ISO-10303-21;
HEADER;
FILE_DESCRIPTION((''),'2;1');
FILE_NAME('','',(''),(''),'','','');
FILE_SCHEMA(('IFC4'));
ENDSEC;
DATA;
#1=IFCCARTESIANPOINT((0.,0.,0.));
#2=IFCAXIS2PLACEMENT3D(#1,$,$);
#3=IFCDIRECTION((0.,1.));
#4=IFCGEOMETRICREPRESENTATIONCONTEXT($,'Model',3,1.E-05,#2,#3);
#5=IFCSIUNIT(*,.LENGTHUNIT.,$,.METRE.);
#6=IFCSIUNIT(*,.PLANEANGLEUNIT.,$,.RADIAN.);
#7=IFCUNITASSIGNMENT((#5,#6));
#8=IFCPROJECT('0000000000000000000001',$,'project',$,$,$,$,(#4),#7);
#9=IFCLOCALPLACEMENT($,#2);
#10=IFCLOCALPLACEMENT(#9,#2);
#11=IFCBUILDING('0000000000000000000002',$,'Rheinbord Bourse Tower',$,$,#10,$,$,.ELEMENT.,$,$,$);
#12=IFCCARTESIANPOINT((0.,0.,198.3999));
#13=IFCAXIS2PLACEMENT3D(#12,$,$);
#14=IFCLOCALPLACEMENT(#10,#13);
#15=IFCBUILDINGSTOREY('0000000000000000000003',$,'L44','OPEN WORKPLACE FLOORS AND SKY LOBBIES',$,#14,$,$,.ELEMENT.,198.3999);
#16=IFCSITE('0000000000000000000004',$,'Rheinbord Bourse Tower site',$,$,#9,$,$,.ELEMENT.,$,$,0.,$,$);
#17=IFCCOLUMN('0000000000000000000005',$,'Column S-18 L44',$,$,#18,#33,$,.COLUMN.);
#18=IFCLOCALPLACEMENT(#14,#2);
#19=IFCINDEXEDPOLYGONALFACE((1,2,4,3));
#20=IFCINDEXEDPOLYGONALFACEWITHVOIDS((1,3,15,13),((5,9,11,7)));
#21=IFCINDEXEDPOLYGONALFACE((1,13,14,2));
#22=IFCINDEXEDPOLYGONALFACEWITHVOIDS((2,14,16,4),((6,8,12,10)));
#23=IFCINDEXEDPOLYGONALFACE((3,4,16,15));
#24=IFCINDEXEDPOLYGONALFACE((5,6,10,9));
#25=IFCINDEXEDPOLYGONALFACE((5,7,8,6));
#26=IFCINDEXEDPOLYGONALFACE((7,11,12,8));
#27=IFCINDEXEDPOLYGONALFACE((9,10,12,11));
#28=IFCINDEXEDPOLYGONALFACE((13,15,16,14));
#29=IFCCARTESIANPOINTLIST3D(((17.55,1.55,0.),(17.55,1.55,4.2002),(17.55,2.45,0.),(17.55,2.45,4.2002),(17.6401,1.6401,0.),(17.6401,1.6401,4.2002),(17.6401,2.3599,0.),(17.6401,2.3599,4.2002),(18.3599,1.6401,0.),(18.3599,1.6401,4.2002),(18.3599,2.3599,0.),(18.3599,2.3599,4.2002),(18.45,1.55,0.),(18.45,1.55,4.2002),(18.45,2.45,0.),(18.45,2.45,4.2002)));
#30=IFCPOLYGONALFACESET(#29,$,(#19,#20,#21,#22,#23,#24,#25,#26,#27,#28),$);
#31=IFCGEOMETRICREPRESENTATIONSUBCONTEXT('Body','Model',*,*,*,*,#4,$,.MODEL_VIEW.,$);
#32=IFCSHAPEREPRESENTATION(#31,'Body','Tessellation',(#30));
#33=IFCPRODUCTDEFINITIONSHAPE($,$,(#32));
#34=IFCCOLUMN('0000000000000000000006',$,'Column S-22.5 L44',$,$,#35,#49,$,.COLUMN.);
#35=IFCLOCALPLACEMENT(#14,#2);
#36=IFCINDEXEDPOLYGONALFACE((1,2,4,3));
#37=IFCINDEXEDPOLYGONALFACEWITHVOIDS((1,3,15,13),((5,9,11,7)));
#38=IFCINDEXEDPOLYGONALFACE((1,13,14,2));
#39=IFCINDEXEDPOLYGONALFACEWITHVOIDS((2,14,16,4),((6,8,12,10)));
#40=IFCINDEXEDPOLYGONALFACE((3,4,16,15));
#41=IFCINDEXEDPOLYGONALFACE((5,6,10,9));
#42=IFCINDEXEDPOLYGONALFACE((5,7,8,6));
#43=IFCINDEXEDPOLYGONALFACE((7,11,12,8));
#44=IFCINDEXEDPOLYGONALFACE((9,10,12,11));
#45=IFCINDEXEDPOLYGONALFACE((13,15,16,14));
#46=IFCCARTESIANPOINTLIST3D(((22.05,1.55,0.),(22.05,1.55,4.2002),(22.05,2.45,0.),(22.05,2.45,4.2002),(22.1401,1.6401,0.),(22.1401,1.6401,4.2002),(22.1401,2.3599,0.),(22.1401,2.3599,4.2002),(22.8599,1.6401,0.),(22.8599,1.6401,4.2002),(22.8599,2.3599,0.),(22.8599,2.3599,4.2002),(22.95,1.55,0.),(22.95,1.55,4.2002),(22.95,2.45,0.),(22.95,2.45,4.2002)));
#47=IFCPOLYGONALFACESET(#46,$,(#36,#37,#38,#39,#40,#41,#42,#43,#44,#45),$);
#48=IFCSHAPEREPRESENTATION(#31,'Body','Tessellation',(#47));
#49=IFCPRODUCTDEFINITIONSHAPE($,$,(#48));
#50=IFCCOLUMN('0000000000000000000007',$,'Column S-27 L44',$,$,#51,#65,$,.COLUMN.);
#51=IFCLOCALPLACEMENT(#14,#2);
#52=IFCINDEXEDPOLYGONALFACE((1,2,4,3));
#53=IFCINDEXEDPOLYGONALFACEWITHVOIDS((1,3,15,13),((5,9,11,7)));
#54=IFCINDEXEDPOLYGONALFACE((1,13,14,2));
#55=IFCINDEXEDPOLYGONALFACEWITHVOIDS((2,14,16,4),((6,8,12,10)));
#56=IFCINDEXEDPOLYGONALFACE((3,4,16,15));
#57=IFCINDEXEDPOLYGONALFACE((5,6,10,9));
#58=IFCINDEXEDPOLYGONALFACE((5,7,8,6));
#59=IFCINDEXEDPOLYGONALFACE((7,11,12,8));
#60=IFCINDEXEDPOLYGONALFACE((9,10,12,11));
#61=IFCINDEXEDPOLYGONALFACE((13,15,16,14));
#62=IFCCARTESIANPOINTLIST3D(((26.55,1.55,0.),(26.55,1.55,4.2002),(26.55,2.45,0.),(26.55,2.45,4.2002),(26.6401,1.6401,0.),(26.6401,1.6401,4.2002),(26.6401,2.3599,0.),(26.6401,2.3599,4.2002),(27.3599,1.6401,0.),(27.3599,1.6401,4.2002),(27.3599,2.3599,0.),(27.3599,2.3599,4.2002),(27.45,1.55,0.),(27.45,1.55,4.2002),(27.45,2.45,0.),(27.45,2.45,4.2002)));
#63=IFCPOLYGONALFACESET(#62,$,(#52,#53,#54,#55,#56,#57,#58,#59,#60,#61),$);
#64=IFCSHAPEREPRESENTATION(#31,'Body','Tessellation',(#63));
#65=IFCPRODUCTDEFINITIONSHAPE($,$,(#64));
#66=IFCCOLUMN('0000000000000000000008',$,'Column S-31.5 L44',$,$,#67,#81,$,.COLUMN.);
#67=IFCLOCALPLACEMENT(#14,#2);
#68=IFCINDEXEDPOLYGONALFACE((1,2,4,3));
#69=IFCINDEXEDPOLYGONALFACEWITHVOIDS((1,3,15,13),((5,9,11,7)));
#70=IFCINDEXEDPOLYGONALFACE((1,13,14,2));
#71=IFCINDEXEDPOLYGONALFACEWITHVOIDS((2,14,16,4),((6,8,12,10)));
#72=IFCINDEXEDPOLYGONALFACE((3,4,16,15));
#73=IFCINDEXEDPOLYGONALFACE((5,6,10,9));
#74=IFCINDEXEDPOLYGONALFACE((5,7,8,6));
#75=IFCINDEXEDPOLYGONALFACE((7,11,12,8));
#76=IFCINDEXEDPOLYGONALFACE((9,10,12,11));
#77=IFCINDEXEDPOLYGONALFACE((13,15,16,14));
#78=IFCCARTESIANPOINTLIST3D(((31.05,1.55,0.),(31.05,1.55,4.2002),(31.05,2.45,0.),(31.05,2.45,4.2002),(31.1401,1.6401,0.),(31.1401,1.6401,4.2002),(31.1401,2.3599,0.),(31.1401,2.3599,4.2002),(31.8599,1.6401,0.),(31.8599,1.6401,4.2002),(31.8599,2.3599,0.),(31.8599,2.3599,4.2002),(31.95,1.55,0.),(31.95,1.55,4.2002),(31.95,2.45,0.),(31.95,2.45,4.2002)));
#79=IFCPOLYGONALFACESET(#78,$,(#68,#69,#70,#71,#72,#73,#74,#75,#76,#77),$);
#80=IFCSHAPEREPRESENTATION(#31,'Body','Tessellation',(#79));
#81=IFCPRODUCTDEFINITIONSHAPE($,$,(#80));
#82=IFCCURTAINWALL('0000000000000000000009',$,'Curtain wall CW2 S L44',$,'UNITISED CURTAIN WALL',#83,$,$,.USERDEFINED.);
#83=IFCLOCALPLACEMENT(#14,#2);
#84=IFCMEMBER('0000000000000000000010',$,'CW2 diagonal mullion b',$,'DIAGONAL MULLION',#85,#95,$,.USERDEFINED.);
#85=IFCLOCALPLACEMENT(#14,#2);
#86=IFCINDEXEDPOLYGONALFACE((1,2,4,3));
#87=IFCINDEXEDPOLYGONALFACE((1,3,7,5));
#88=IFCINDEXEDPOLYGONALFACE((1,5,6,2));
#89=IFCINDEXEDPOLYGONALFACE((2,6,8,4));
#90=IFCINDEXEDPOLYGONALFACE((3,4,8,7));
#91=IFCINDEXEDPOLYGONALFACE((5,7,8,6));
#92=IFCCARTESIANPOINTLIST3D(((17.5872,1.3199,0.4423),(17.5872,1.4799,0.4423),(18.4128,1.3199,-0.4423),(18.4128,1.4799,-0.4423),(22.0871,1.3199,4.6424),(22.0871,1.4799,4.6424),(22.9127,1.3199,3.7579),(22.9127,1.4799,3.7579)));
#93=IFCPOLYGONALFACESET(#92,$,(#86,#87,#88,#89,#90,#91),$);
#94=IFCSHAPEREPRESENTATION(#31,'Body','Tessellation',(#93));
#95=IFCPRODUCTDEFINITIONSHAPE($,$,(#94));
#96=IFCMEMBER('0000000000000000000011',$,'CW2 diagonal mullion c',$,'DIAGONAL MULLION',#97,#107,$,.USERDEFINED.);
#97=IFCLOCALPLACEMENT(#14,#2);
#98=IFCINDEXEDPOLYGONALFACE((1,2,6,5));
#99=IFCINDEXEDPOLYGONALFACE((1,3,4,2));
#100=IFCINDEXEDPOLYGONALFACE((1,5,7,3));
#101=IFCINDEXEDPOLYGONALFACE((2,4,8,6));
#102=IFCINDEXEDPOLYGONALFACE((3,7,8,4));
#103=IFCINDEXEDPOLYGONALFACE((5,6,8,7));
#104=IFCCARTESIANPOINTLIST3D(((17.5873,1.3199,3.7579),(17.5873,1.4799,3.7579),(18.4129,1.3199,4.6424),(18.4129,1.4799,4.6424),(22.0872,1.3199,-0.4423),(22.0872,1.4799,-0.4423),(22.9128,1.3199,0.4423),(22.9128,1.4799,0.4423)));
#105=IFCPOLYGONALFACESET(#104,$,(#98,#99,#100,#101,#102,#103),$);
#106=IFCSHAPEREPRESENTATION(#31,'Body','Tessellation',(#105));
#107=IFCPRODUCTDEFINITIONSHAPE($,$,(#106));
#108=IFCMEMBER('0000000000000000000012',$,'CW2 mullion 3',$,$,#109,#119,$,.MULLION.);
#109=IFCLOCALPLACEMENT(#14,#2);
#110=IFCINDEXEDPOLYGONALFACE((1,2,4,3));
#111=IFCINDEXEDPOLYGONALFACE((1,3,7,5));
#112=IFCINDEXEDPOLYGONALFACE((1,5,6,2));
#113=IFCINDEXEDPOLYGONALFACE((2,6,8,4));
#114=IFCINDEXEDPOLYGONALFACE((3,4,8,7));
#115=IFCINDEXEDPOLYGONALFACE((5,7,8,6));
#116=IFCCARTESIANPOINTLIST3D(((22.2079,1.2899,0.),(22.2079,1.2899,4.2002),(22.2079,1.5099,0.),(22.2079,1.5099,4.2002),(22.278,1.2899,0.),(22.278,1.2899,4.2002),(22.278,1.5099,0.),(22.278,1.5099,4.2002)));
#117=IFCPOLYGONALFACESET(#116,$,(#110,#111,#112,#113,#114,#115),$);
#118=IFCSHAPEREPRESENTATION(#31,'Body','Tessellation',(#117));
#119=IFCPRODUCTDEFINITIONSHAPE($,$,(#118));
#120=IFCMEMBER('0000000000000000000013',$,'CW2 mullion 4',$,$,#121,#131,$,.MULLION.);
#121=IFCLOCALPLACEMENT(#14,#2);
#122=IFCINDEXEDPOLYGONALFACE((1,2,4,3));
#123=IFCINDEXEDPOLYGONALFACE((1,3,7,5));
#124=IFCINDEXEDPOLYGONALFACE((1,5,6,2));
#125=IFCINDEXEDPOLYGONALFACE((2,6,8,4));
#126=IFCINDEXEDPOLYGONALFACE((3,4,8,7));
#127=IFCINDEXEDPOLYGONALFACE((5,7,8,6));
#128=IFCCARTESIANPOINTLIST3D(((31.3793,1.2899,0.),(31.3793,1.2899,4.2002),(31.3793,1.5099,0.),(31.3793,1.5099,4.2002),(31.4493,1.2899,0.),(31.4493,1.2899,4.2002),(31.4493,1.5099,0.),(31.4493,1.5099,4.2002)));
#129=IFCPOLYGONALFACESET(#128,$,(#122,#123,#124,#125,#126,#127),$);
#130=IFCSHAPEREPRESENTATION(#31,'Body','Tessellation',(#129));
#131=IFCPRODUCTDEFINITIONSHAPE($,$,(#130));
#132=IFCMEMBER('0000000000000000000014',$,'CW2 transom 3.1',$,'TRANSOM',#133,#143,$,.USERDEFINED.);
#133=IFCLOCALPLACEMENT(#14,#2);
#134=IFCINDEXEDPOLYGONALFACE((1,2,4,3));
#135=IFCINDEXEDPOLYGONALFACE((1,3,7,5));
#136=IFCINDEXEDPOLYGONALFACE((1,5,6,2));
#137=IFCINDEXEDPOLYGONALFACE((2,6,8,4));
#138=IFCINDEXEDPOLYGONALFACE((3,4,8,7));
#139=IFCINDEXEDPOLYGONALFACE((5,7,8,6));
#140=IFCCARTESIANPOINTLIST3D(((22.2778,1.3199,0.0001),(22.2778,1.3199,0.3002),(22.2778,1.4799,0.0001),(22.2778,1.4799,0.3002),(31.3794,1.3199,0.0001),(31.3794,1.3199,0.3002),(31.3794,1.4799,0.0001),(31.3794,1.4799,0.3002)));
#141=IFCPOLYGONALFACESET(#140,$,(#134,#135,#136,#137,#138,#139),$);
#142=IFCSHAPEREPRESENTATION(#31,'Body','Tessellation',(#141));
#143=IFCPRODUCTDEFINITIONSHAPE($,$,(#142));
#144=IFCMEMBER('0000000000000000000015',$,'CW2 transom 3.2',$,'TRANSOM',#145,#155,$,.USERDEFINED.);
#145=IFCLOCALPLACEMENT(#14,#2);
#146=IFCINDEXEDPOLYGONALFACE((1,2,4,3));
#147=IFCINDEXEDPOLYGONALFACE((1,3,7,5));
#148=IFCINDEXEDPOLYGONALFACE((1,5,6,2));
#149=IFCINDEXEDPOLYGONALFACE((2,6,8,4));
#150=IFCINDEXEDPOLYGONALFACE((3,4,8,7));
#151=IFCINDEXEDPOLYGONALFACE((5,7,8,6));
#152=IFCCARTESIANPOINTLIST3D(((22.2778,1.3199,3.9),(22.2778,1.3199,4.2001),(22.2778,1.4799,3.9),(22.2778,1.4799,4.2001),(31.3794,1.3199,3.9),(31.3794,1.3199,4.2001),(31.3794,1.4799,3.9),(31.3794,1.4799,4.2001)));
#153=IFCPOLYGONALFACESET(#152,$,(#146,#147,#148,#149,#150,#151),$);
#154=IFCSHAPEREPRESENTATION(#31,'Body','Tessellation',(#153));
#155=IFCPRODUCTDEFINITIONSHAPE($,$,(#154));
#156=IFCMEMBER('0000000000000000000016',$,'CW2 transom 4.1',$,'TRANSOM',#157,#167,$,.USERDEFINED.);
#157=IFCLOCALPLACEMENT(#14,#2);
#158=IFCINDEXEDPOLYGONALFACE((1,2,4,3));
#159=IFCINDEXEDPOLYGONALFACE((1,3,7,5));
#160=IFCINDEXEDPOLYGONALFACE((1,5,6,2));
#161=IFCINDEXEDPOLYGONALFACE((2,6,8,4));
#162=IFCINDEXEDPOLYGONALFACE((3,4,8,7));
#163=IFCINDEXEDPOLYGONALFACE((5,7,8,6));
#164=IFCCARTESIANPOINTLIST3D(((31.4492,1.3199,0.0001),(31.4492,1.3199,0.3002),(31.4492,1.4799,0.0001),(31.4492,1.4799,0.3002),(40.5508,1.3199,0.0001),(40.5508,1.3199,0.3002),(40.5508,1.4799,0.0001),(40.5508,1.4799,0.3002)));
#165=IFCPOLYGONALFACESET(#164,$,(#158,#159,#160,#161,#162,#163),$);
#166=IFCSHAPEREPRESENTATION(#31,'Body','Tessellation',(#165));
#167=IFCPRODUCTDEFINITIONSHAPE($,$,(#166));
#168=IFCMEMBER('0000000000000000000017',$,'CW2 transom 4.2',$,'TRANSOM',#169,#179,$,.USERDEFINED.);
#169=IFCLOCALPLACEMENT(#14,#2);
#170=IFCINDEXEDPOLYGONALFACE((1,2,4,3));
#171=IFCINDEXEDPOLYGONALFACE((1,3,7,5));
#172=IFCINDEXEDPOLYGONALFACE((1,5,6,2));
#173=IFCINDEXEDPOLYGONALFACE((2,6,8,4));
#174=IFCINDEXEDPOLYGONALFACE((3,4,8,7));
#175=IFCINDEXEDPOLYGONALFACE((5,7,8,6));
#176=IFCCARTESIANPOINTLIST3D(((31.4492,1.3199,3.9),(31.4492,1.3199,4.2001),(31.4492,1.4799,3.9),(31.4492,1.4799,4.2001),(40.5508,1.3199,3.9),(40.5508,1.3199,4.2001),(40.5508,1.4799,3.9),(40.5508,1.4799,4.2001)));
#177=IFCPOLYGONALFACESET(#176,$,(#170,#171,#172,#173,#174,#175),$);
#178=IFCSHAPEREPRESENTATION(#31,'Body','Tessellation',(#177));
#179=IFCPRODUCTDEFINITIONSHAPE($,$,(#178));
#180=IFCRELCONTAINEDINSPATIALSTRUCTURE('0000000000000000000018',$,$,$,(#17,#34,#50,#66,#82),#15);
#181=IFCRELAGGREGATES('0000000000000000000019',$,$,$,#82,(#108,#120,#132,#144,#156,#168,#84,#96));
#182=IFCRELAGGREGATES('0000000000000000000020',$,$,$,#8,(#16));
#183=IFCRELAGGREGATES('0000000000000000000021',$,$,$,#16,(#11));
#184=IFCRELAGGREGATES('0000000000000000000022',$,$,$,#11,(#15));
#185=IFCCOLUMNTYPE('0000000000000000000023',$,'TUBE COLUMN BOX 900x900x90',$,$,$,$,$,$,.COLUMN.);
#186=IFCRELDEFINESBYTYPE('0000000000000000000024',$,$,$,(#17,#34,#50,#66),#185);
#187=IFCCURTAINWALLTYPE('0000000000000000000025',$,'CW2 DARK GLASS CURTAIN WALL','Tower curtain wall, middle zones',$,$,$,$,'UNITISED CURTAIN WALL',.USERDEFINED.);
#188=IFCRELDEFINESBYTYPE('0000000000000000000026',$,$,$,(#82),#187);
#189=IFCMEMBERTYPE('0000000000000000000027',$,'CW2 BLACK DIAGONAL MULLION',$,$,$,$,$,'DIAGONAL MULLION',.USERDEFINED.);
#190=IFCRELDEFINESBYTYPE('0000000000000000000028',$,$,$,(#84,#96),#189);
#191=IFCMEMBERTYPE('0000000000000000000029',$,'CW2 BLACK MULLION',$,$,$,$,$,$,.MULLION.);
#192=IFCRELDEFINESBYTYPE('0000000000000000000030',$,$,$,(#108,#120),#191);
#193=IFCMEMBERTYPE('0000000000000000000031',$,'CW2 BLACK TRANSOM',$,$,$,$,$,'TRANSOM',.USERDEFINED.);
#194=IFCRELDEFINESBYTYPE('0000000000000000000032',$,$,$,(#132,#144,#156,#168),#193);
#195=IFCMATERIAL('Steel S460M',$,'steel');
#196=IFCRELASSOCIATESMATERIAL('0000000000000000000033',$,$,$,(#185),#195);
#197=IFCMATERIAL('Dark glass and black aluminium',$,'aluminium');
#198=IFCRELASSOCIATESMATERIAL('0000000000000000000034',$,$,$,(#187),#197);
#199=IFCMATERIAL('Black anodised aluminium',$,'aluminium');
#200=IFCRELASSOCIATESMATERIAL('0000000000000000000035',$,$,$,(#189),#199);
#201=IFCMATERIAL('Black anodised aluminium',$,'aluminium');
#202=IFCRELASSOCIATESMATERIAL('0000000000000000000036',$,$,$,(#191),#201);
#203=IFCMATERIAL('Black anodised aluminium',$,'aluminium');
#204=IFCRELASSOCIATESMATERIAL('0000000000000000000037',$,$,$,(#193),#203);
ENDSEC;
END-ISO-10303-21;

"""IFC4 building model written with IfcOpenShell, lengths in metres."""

from ifc_helpers import new_model, si_unit, direction, frame, origin, origin_2d, place, context, subcontext, project, spatial, rectangle, hollow_rectangle, extrude, material, material_profile, profile_set, type_object, element, aggregate, save


model = new_model("IFC4")

# Units and contexts
model_context = context("Model", 3, precision=1e-05, world=origin(), true_north=direction((0.0, 1.0)))
body_context = subcontext(model_context, "Body", "Model", "MODEL_VIEW")
ifc_project = project(units=[si_unit("LENGTHUNIT", "METRE"), si_unit("PLANEANGLEUNIT", "RADIAN")], contexts=[model_context])

# Site, building, storey
site_placement = place(None, origin())
site = spatial("IfcSite", under=ifc_project, at=site_placement, Name="Rheinbord Bourse Tower site", CompositionType="ELEMENT", RefElevation=0.0)
building_placement = place(site_placement, origin())
building = spatial("IfcBuilding", under=site, at=building_placement, Name="Rheinbord Bourse Tower", CompositionType="ELEMENT")
storey_placement = place(building_placement, frame((0.0, 0.0, 198.3999)))
storey = spatial("IfcBuildingStorey", under=building, at=storey_placement, Name="L44", Description="OPEN WORKPLACE FLOORS AND SKY LOBBIES", CompositionType="ELEMENT", Elevation=198.3999)

# Columns
ifc_material_1 = material(Name="Steel S460M", Category="steel")
ifc_material_profile_1 = material_profile(ifc_material_1, hollow_rectangle(XDim=0.8999, YDim=0.8999, WallThickness=0.0901, at=origin_2d()), Name="BOX 900x900x90")
ifc_profile_set_1 = profile_set([ifc_material_profile_1], Name="Steel S460M")
column_type = type_object("IfcColumnType", Name="TUBE COLUMN BOX 900x900x90", PredefinedType="COLUMN", material=ifc_profile_set_1)
for number, where, z_axis, x_axis, name in (
    (1, (18.0, 2.0, 0.0), (0.0, 0.0, 1.0), (0.0, 1.0, 0.0), "Column S-18 L44"),
    (2, (22.5, 2.0, 0.0), (0.0, 0.0, 1.0), (0.0, 1.0, 0.0), "Column S-22.5 L44"),
    (3, (27.0, 2.0, 0.0), (0.0, 0.0, 1.0), (0.0, 1.0, 0.0), "Column S-27 L44"),
    (4, (31.5, 2.0, 0.0), (0.0, 0.0, 1.0), (0.0, 1.0, 0.0), "Column S-31.5 L44"),
):
    element("IfcColumn", number, at=place(storey_placement, frame(where, z_axis=z_axis, x_axis=x_axis)), inside=storey, type_object=column_type, Name=name, PredefinedType="COLUMN", context=body_context, shape_type="SweptSolid", body=[
        extrude(hollow_rectangle(XDim=0.8999, YDim=0.8999, WallThickness=0.0901, at=origin_2d()), origin(), (0.0, 0.0, 1.0), 4.2002),
    ])

# Curtain wall, members
ifc_material_2 = material(Name="Dark glass and black aluminium", Category="aluminium")
curtain_wall_type = type_object("IfcCurtainWallType", Name="CW2 DARK GLASS CURTAIN WALL", Description="Tower curtain wall, middle zones", ElementType="UNITISED CURTAIN WALL", PredefinedType="USERDEFINED", material=ifc_material_2)
curtain_wall_placement = place(storey_placement, origin())
curtain_wall = element("IfcCurtainWall", 5, at=curtain_wall_placement, inside=storey, type_object=curtain_wall_type, Name="Curtain wall CW2 S L44", ObjectType="UNITISED CURTAIN WALL", PredefinedType="USERDEFINED")
ifc_material_3 = material(Name="Black anodised aluminium", Category="aluminium")
ifc_material_profile_2 = material_profile(ifc_material_3, rectangle(XDim=0.1599, YDim=1.21, at=origin_2d()), Name="CW2 DIAGONAL MULLION 1210x160")
ifc_profile_set_2 = profile_set([ifc_material_profile_2], Name="Black anodised aluminium")
member_type_1 = type_object("IfcMemberType", Name="CW2 BLACK DIAGONAL MULLION", ElementType="DIAGONAL MULLION", PredefinedType="USERDEFINED", material=ifc_profile_set_2)
member_1_placement = place(storey_placement, frame((18.0, 1.3999, 0.0), z_axis=(0.731039, 0.0, 0.682335), x_axis=(0.0, 1.0, 0.0)))
member_1 = element("IfcMember", 6, at=member_1_placement, type_object=member_type_1, Name="CW2 diagonal mullion b", ObjectType="DIAGONAL MULLION", PredefinedType="USERDEFINED", context=body_context, shape_type="SweptSolid", body=[
    extrude(rectangle(XDim=0.1599, YDim=1.21, at=origin_2d()), origin(), (0.0, 0.0, 1.0), 6.1555),
])
member_2_placement = place(storey_placement, frame((22.5, 1.3999, 0.0), z_axis=(-0.731039, 0.0, 0.682335), x_axis=(0.0, -1.0, 0.0)))
member_2 = element("IfcMember", 7, at=member_2_placement, type_object=member_type_1, Name="CW2 diagonal mullion c", ObjectType="DIAGONAL MULLION", PredefinedType="USERDEFINED", context=body_context, shape_type="SweptSolid", body=[
    extrude(rectangle(XDim=0.1599, YDim=1.21, at=origin_2d()), origin(), (0.0, 0.0, 1.0), 6.1555),
])
ifc_material_4 = material(Name="Black anodised aluminium", Category="aluminium")
ifc_material_profile_3 = material_profile(ifc_material_4, rectangle(XDim=0.22, YDim=0.0701, at=origin_2d()), Name="CW2 MULLION 70x220")
ifc_profile_set_3 = profile_set([ifc_material_profile_3], Name="Black anodised aluminium")
member_type_2 = type_object("IfcMemberType", Name="CW2 BLACK MULLION", PredefinedType="MULLION", material=ifc_profile_set_3)
member_3_placement = place(storey_placement, frame((22.2429, 1.3999, 0.0), z_axis=(0.0, 0.0, 1.0), x_axis=(0.0, 1.0, 0.0)))
member_3 = element("IfcMember", 8, at=member_3_placement, type_object=member_type_2, Name="CW2 mullion 3", PredefinedType="MULLION", context=body_context, shape_type="SweptSolid", body=[
    extrude(rectangle(XDim=0.22, YDim=0.0701, at=origin_2d()), origin(), (0.0, 0.0, 1.0), 4.2002),
])
member_4_placement = place(storey_placement, frame((31.4143, 1.3999, 0.0), z_axis=(0.0, 0.0, 1.0), x_axis=(0.0, 1.0, 0.0)))
member_4 = element("IfcMember", 9, at=member_4_placement, type_object=member_type_2, Name="CW2 mullion 4", PredefinedType="MULLION", context=body_context, shape_type="SweptSolid", body=[
    extrude(rectangle(XDim=0.22, YDim=0.0701, at=origin_2d()), origin(), (0.0, 0.0, 1.0), 4.2002),
])
ifc_material_5 = material(Name="Black anodised aluminium", Category="aluminium")
ifc_material_profile_4 = material_profile(ifc_material_5, rectangle(XDim=0.1599, YDim=0.3, at=origin_2d()), Name="CW2 TRANSOM 300x160")
ifc_profile_set_4 = profile_set([ifc_material_profile_4], Name="Black anodised aluminium")
member_type_3 = type_object("IfcMemberType", Name="CW2 BLACK TRANSOM", ElementType="TRANSOM", PredefinedType="USERDEFINED", material=ifc_profile_set_4)
member_5_placement = place(storey_placement, frame((22.2778, 1.3999, 0.1501), z_axis=(1.0, 0.0, 0.0), x_axis=(0.0, 1.0, 0.0)))
member_5 = element("IfcMember", 10, at=member_5_placement, type_object=member_type_3, Name="CW2 transom 3.1", ObjectType="TRANSOM", PredefinedType="USERDEFINED", context=body_context, shape_type="SweptSolid", body=[
    extrude(rectangle(XDim=0.1599, YDim=0.3, at=origin_2d()), origin(), (0.0, 0.0, 1.0), 9.1016),
])
member_6_placement = place(storey_placement, frame((22.2778, 1.3999, 4.05), z_axis=(1.0, 0.0, 0.0), x_axis=(0.0, 1.0, 0.0)))
member_6 = element("IfcMember", 11, at=member_6_placement, type_object=member_type_3, Name="CW2 transom 3.2", ObjectType="TRANSOM", PredefinedType="USERDEFINED", context=body_context, shape_type="SweptSolid", body=[
    extrude(rectangle(XDim=0.1599, YDim=0.3, at=origin_2d()), origin(), (0.0, 0.0, 1.0), 9.1016),
])
member_7_placement = place(storey_placement, frame((31.4492, 1.3999, 0.1501), z_axis=(1.0, 0.0, 0.0), x_axis=(0.0, 1.0, 0.0)))
member_7 = element("IfcMember", 12, at=member_7_placement, type_object=member_type_3, Name="CW2 transom 4.1", ObjectType="TRANSOM", PredefinedType="USERDEFINED", context=body_context, shape_type="SweptSolid", body=[
    extrude(rectangle(XDim=0.1599, YDim=0.3, at=origin_2d()), origin(), (0.0, 0.0, 1.0), 9.1016),
])
member_8_placement = place(storey_placement, frame((31.4492, 1.3999, 4.05), z_axis=(1.0, 0.0, 0.0), x_axis=(0.0, 1.0, 0.0)))
member_8 = element("IfcMember", 13, at=member_8_placement, type_object=member_type_3, Name="CW2 transom 4.2", ObjectType="TRANSOM", PredefinedType="USERDEFINED", context=body_context, shape_type="SweptSolid", body=[
    extrude(rectangle(XDim=0.1599, YDim=0.3, at=origin_2d()), origin(), (0.0, 0.0, 1.0), 9.1016),
])

aggregate(curtain_wall, [member_3, member_4, member_5, member_6, member_7, member_8, member_1, member_2])

save(model, "model.ifc")
